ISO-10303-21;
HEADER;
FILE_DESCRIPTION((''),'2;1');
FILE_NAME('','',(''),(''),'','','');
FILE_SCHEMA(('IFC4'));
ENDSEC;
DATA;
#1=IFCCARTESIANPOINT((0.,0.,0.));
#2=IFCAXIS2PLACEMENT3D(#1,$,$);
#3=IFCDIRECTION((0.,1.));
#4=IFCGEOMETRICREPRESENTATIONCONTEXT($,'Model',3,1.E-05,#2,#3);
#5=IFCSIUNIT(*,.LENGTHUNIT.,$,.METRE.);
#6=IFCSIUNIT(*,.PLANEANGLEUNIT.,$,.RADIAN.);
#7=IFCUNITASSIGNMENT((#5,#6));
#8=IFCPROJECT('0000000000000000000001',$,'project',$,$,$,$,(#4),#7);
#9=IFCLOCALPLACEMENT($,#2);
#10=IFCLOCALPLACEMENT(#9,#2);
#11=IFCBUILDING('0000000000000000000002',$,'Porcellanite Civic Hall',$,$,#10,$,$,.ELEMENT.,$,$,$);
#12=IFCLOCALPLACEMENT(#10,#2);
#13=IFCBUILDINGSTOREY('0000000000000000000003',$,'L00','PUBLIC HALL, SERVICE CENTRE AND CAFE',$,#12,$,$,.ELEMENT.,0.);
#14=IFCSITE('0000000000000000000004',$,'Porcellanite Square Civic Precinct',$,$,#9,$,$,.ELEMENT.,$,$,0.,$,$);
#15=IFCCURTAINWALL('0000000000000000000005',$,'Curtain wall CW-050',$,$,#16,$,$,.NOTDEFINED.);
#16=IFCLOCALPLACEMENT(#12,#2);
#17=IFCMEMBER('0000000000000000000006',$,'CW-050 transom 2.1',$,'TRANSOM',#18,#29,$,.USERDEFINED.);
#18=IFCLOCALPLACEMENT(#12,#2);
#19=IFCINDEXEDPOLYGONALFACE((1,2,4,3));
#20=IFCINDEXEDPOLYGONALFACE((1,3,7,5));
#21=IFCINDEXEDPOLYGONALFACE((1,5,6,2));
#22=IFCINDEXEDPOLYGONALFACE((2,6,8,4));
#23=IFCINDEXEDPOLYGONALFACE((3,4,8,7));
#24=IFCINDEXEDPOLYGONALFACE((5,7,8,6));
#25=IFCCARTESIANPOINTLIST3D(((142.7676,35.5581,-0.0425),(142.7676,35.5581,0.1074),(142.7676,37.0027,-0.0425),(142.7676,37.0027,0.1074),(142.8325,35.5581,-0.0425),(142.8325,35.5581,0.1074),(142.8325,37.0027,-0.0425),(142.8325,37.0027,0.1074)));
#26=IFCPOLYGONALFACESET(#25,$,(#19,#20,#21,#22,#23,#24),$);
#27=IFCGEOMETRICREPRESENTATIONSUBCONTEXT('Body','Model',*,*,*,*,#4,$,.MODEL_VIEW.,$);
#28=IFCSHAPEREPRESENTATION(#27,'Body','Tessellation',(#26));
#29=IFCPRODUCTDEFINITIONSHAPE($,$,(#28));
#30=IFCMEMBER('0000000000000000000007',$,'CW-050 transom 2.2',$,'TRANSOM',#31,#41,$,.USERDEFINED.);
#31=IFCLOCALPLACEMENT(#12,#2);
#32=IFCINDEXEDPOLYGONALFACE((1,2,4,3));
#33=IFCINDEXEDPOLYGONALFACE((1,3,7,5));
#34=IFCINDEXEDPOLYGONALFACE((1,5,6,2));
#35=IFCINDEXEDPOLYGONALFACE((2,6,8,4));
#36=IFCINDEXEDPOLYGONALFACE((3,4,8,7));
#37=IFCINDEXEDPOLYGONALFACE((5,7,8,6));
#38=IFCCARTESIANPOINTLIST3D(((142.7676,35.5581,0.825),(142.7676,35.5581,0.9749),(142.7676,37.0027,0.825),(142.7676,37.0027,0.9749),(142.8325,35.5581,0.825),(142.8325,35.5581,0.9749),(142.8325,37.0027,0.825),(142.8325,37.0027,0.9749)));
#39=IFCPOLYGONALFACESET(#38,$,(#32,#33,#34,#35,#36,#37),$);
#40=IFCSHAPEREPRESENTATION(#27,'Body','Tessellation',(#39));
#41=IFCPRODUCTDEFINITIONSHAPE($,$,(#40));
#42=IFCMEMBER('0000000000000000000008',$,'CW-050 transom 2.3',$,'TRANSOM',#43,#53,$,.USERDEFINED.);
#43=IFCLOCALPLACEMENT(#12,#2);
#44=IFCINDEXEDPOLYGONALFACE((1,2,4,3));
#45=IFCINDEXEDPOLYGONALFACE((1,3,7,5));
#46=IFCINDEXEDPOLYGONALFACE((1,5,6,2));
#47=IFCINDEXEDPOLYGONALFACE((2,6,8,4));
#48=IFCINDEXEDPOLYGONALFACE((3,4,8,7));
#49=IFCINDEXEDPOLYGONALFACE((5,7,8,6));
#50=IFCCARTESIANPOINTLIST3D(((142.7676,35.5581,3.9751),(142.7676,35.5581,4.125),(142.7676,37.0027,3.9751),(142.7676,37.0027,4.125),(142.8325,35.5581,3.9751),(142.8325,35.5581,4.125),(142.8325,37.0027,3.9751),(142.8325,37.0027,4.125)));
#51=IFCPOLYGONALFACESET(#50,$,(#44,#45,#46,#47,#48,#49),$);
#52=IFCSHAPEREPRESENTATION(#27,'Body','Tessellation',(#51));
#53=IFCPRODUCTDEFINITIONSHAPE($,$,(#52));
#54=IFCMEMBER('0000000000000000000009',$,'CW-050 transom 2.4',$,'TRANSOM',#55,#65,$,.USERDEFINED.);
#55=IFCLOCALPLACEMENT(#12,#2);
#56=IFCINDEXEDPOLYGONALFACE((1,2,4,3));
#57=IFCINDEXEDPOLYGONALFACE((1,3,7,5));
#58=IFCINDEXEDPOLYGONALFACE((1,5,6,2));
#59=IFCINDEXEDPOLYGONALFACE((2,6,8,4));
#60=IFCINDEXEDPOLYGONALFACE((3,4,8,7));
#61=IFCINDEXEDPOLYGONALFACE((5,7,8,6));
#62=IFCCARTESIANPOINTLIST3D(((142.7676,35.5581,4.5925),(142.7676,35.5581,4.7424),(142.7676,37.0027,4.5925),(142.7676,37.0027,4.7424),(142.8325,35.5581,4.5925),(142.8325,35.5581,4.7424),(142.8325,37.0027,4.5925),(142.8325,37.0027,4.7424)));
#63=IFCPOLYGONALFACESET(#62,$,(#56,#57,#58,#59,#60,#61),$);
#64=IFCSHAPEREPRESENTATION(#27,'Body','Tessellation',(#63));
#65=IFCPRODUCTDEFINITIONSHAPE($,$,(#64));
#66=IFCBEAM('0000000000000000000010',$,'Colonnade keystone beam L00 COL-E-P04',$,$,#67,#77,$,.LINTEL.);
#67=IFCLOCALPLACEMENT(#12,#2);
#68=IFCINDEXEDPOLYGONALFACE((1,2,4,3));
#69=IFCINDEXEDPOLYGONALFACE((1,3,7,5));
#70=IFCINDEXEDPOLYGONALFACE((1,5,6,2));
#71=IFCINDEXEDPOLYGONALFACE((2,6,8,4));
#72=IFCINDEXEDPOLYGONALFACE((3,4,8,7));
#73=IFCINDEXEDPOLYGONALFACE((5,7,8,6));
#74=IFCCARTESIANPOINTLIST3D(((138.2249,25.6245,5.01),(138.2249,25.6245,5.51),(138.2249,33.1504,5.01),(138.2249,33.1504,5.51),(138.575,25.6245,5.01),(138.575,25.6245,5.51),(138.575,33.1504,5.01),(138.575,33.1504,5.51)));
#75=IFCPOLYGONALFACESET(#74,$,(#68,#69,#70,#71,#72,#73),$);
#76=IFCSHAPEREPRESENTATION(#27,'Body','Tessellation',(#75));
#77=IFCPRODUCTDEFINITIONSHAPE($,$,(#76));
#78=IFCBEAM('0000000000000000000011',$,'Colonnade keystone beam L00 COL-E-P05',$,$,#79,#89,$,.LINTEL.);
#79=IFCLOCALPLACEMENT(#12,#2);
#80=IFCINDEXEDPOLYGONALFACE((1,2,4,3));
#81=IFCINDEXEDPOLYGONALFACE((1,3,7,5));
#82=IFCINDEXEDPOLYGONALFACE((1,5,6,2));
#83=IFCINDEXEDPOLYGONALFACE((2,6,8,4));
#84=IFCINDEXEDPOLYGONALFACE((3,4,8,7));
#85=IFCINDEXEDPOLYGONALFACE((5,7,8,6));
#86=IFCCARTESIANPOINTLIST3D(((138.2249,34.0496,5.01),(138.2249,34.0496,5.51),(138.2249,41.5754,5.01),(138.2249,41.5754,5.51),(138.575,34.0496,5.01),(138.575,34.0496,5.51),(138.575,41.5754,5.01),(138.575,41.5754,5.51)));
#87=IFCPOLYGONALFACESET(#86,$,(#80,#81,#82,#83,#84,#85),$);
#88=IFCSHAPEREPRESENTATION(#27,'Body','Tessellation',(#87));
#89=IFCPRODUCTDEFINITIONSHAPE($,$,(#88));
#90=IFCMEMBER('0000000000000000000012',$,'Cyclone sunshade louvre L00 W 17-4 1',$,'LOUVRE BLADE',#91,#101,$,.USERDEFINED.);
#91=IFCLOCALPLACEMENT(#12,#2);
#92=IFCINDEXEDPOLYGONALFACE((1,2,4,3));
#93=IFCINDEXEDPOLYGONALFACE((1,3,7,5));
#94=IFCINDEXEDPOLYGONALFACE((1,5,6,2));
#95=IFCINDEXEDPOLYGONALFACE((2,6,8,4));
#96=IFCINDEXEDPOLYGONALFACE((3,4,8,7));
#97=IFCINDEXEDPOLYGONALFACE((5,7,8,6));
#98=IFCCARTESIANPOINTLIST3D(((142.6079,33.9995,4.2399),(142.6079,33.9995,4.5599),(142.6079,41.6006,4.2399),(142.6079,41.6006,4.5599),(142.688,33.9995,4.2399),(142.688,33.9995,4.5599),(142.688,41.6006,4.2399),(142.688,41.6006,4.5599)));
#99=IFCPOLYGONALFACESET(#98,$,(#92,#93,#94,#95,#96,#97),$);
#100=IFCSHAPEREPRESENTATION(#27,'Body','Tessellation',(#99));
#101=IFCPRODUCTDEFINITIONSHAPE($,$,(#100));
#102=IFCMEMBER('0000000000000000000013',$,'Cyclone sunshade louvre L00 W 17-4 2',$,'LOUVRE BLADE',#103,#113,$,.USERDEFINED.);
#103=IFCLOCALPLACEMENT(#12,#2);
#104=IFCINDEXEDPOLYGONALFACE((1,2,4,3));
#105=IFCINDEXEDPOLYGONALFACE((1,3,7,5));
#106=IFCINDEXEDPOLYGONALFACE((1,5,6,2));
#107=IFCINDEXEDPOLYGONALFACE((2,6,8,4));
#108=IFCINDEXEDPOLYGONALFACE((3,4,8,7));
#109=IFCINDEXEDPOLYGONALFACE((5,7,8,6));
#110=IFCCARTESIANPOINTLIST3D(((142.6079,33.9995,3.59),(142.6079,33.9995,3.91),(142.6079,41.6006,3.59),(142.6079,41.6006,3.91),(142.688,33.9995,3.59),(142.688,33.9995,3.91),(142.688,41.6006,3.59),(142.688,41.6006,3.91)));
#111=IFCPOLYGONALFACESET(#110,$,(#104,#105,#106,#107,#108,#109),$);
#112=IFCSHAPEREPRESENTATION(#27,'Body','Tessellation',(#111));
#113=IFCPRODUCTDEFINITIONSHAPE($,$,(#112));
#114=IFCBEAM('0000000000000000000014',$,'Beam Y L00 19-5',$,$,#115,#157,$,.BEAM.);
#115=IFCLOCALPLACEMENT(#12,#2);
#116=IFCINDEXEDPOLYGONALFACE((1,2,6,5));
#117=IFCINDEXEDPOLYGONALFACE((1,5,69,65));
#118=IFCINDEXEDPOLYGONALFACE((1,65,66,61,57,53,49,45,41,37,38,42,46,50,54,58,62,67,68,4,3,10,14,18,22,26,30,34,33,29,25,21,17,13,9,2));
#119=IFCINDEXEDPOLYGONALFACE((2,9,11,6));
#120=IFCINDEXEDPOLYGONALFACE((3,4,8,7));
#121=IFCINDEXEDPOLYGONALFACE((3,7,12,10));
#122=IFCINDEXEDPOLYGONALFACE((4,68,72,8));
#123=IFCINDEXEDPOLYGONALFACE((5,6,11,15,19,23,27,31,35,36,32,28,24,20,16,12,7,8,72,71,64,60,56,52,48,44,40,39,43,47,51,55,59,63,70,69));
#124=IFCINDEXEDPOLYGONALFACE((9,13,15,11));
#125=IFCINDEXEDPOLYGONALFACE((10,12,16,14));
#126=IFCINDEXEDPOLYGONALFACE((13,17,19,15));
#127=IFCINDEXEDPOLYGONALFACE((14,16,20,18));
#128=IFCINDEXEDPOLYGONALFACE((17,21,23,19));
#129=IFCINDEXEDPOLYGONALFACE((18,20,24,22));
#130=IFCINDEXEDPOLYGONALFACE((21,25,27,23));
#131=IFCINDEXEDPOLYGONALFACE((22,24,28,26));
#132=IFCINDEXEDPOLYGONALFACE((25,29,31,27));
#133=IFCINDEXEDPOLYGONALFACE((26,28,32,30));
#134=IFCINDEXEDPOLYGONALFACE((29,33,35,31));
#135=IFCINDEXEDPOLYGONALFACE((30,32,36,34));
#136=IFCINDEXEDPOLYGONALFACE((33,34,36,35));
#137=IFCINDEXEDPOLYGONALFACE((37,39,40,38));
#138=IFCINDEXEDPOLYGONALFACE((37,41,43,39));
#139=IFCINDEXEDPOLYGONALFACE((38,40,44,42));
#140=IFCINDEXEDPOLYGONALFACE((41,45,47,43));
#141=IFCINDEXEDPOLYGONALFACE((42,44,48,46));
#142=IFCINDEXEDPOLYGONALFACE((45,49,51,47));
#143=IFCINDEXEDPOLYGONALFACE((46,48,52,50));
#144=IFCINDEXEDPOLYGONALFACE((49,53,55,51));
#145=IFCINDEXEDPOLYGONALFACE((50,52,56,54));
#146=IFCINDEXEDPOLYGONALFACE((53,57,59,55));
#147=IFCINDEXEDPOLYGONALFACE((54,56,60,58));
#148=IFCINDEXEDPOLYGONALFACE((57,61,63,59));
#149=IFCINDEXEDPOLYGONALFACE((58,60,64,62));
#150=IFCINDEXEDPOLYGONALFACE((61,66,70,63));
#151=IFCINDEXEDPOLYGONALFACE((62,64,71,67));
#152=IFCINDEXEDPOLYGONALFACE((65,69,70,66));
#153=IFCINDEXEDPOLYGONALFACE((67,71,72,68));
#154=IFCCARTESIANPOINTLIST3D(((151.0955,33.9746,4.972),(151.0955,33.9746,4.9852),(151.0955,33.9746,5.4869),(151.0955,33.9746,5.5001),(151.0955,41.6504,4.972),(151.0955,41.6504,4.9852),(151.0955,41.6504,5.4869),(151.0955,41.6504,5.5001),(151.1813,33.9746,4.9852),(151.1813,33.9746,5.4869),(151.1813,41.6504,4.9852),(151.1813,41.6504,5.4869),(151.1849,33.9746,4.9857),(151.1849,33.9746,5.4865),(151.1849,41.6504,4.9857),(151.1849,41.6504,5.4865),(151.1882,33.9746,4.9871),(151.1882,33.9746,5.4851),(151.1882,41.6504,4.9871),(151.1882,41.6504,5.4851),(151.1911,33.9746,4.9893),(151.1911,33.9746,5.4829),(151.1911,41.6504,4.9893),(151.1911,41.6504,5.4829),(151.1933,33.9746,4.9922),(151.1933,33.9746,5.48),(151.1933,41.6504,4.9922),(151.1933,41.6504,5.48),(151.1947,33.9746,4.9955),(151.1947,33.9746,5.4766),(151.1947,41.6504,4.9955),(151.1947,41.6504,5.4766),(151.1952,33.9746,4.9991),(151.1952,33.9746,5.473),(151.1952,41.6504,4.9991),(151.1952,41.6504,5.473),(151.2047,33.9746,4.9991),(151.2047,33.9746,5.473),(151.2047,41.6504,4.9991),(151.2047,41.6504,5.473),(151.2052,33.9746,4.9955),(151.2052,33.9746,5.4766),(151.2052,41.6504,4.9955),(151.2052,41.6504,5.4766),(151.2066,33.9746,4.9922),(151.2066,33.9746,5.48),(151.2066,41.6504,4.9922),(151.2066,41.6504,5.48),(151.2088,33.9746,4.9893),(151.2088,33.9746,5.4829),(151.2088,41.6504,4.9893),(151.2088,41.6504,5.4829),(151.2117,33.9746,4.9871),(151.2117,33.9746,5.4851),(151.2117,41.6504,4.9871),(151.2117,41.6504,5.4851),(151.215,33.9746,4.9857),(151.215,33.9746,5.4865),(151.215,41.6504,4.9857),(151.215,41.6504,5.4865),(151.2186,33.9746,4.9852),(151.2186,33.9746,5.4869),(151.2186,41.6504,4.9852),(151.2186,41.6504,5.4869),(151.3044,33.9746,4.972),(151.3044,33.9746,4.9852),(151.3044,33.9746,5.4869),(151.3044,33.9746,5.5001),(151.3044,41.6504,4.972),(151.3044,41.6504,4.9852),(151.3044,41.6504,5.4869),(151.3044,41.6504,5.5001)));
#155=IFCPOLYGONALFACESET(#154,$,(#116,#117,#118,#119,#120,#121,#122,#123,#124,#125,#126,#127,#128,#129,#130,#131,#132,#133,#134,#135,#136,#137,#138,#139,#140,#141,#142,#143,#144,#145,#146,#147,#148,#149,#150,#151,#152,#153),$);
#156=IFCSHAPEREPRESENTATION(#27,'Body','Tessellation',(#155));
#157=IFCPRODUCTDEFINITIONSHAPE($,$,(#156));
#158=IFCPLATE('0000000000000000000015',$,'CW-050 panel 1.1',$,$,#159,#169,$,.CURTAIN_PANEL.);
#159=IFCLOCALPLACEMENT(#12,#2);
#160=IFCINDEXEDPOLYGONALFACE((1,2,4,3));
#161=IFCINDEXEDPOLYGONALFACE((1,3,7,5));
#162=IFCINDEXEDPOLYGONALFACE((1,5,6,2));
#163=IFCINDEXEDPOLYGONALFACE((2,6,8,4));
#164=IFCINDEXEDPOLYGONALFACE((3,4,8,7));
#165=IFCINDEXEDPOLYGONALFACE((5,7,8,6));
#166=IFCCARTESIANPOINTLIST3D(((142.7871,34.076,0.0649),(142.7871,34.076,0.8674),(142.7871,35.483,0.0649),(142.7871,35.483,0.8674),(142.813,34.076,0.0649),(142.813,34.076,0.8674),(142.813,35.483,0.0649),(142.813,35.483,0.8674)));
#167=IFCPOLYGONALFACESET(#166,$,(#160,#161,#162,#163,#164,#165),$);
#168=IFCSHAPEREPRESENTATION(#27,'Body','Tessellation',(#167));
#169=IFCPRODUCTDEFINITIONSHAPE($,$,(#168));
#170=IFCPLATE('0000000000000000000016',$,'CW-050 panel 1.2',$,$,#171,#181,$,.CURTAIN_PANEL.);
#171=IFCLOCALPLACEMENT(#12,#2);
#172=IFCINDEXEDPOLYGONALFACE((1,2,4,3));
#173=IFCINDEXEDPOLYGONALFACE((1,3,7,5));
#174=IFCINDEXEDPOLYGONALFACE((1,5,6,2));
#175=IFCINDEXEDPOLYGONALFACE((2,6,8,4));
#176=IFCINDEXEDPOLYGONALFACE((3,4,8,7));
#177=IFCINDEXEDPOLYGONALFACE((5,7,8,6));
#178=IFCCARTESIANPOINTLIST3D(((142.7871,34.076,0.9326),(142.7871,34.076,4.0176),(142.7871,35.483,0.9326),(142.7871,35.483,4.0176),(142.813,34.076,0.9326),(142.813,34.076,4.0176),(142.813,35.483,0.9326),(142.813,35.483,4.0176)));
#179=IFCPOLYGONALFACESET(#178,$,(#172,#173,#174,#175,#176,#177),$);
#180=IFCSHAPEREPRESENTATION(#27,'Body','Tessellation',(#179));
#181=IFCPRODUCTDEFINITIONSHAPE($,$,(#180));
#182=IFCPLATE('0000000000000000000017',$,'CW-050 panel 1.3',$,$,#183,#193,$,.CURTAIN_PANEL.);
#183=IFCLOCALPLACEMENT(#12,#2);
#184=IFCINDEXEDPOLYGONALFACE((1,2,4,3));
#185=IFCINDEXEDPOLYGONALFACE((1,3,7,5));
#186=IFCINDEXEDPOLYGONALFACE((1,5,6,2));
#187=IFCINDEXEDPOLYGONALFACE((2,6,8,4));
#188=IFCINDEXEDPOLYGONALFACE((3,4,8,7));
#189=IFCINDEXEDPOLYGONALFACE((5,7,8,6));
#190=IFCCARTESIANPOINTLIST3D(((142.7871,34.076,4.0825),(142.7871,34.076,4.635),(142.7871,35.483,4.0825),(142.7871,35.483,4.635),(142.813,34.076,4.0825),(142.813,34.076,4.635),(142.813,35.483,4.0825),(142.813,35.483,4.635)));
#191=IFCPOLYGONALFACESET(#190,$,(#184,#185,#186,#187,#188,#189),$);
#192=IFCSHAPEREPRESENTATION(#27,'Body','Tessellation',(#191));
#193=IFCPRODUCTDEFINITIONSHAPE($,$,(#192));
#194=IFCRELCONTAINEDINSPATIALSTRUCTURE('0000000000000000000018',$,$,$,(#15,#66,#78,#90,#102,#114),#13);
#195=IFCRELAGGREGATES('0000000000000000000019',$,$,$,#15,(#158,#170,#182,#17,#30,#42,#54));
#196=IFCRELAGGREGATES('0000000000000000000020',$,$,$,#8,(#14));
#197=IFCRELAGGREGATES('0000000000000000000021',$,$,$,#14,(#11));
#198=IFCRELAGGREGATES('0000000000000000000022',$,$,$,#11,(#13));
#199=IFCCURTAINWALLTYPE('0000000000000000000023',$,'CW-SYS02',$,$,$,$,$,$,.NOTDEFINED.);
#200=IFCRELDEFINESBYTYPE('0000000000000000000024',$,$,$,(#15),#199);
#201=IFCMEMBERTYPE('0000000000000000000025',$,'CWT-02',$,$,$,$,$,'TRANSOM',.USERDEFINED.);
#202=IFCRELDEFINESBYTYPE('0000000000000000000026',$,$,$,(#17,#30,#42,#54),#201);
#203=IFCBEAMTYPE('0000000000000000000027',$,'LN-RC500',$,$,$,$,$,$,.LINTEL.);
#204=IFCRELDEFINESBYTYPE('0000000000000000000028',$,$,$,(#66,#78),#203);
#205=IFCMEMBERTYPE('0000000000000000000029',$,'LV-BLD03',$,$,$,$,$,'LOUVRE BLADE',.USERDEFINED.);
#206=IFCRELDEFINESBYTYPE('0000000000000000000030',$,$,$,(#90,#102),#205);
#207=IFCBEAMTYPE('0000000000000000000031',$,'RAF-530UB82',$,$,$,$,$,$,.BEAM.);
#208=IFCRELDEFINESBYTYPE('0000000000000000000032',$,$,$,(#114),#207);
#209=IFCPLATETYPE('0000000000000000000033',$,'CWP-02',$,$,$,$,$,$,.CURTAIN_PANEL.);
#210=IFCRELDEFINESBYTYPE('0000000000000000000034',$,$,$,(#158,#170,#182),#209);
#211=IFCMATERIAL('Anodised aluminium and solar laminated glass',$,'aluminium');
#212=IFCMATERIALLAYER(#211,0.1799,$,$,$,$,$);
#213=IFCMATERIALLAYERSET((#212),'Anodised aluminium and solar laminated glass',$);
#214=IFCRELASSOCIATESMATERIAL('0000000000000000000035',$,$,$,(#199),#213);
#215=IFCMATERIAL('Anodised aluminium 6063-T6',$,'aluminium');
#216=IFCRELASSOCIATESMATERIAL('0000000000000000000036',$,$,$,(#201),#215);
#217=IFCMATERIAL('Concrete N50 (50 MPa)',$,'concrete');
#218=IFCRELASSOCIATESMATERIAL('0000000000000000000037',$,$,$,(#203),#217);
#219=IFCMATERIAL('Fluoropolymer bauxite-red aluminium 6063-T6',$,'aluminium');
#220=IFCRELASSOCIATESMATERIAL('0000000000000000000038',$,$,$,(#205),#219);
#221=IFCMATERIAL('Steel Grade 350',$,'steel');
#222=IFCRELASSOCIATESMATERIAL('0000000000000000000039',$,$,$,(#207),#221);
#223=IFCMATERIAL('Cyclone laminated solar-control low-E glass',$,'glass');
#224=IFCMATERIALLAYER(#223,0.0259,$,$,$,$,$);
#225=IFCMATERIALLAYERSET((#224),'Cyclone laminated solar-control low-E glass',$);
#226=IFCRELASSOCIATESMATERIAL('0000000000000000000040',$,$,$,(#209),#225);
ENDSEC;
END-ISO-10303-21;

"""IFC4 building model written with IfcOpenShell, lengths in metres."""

from ifc_helpers import new_model, si_unit, direction, frame, origin, origin_2d, place, context, subcontext, project, spatial, rectangle, i_section, extrude, material, layer, layer_set, material_profile, profile_set, type_object, element, aggregate, save


model = new_model("IFC4")

# Units and contexts
model_context = context("Model", 3, precision=1e-05, world=origin(), true_north=direction((0.0, 1.0)))
body_context = subcontext(model_context, "Body", "Model", "MODEL_VIEW")
ifc_project = project(units=[si_unit("LENGTHUNIT", "METRE"), si_unit("PLANEANGLEUNIT", "RADIAN")], contexts=[model_context])

# Site, building, storey
site_placement = place(None, origin())
site = spatial("IfcSite", under=ifc_project, at=site_placement, Name="Porcellanite Square Civic Precinct", CompositionType="ELEMENT", RefElevation=0.0)
building_placement = place(site_placement, origin())
building = spatial("IfcBuilding", under=site, at=building_placement, Name="Porcellanite Civic Hall", CompositionType="ELEMENT")
storey_placement = place(building_placement, origin())
storey = spatial("IfcBuildingStorey", under=building, at=storey_placement, Name="L00", Description="PUBLIC HALL, SERVICE CENTRE AND CAFE", CompositionType="ELEMENT", Elevation=0.0)

# Curtain wall, members
ifc_material_1 = material(Name="Anodised aluminium and solar laminated glass", Category="aluminium")
ifc_layer_1 = layer(ifc_material_1, 0.1799)
ifc_layer_set_1 = layer_set([ifc_layer_1], Name="Anodised aluminium and solar laminated glass")
curtain_wall_type = type_object("IfcCurtainWallType", Name="CW-SYS02", PredefinedType="NOTDEFINED", material=ifc_layer_set_1)
curtain_wall_placement = place(storey_placement, origin())
curtain_wall = element("IfcCurtainWall", 1, at=curtain_wall_placement, inside=storey, type_object=curtain_wall_type, Name="Curtain wall CW-050", PredefinedType="NOTDEFINED")
ifc_material_2 = material(Name="Anodised aluminium 6063-T6", Category="aluminium")
ifc_material_profile_1 = material_profile(ifc_material_2, rectangle(XDim=0.0649, YDim=0.1499, at=origin_2d()), Name="AL-65x150")
ifc_profile_set_1 = profile_set([ifc_material_profile_1], Name="Anodised aluminium 6063-T6")
member_type_1 = type_object("IfcMemberType", Name="CWT-02", ElementType="TRANSOM", PredefinedType="USERDEFINED", material=ifc_profile_set_1)
member_1_placement = place(storey_placement, frame((142.8, 35.5581, 0.0325), z_axis=(0.0, 1.0, 0.0), x_axis=(-1.0, 0.0, 0.0)))
member_1 = element("IfcMember", 2, at=member_1_placement, type_object=member_type_1, Name="CW-050 transom 2.1", ObjectType="TRANSOM", PredefinedType="USERDEFINED", context=body_context, shape_type="SweptSolid", body=[
    extrude(rectangle(XDim=0.0649, YDim=0.1499, at=origin_2d()), origin(), (0.0, 0.0, 1.0), 1.4446),
])
member_2_placement = place(storey_placement, frame((142.8, 35.5581, 0.8999), z_axis=(0.0, 1.0, 0.0), x_axis=(-1.0, 0.0, 0.0)))
member_2 = element("IfcMember", 3, at=member_2_placement, type_object=member_type_1, Name="CW-050 transom 2.2", ObjectType="TRANSOM", PredefinedType="USERDEFINED", context=body_context, shape_type="SweptSolid", body=[
    extrude(rectangle(XDim=0.0649, YDim=0.1499, at=origin_2d()), origin(), (0.0, 0.0, 1.0), 1.4446),
])
member_3_placement = place(storey_placement, frame((142.8, 35.5581, 4.05), z_axis=(0.0, 1.0, 0.0), x_axis=(-1.0, 0.0, 0.0)))
member_3 = element("IfcMember", 4, at=member_3_placement, type_object=member_type_1, Name="CW-050 transom 2.3", ObjectType="TRANSOM", PredefinedType="USERDEFINED", context=body_context, shape_type="SweptSolid", body=[
    extrude(rectangle(XDim=0.0649, YDim=0.1499, at=origin_2d()), origin(), (0.0, 0.0, 1.0), 1.4446),
])
member_4_placement = place(storey_placement, frame((142.8, 35.5581, 4.6675), z_axis=(0.0, 1.0, 0.0), x_axis=(-1.0, 0.0, 0.0)))
member_4 = element("IfcMember", 5, at=member_4_placement, type_object=member_type_1, Name="CW-050 transom 2.4", ObjectType="TRANSOM", PredefinedType="USERDEFINED", context=body_context, shape_type="SweptSolid", body=[
    extrude(rectangle(XDim=0.0649, YDim=0.1499, at=origin_2d()), origin(), (0.0, 0.0, 1.0), 1.4446),
])

# Beams
ifc_material_3 = material(Name="Concrete N50 (50 MPa)", Category="concrete")
ifc_material_profile_2 = material_profile(ifc_material_3, rectangle(XDim=0.3501, YDim=0.5, at=origin_2d()), Name="RC-350x500")
ifc_profile_set_2 = profile_set([ifc_material_profile_2], Name="Concrete N50 (50 MPa)")
beam_type_1 = type_object("IfcBeamType", Name="LN-RC500", PredefinedType="LINTEL", material=ifc_profile_set_2)
for number, where, z_axis, x_axis, name in (
    (6, (138.3999, 25.6245, 5.26), (0.0, 1.0, 0.0), (-1.0, 0.0, 0.0), "Colonnade keystone beam L00 COL-E-P04"),
    (7, (138.3999, 34.0496, 5.26), (0.0, 1.0, 0.0), (-1.0, 0.0, 0.0), "Colonnade keystone beam L00 COL-E-P05"),
):
    element("IfcBeam", number, at=place(storey_placement, frame(where, z_axis=z_axis, x_axis=x_axis)), inside=storey, type_object=beam_type_1, Name=name, PredefinedType="LINTEL", context=body_context, shape_type="SweptSolid", body=[
        extrude(rectangle(XDim=0.3501, YDim=0.5, at=origin_2d()), origin(), (0.0, 0.0, 1.0), 7.5259),
    ])

# Members
ifc_material_4 = material(Name="Fluoropolymer bauxite-red aluminium 6063-T6", Category="aluminium")
ifc_material_profile_3 = material_profile(ifc_material_4, rectangle(XDim=0.0801, YDim=0.3201, at=origin_2d()), Name="AL-80x320")
ifc_profile_set_3 = profile_set([ifc_material_profile_3], Name="Fluoropolymer bauxite-red aluminium 6063-T6")
member_type_2 = type_object("IfcMemberType", Name="LV-BLD03", ElementType="LOUVRE BLADE", PredefinedType="USERDEFINED", material=ifc_profile_set_3)
for number, where, z_axis, x_axis, name in (
    (8, (142.6479, 33.9995, 4.3999), (0.0, 1.0, 0.0), (-1.0, 0.0, 0.0), "Cyclone sunshade louvre L00 W 17-4 1"),
    (9, (142.6479, 33.9995, 3.75), (0.0, 1.0, 0.0), (-1.0, 0.0, 0.0), "Cyclone sunshade louvre L00 W 17-4 2"),
):
    element("IfcMember", number, at=place(storey_placement, frame(where, z_axis=z_axis, x_axis=x_axis)), inside=storey, type_object=member_type_2, Name=name, ObjectType="LOUVRE BLADE", PredefinedType="USERDEFINED", context=body_context, shape_type="SweptSolid", body=[
        extrude(rectangle(XDim=0.0801, YDim=0.3201, at=origin_2d()), origin(), (0.0, 0.0, 1.0), 7.6011),
    ])

# Beam
ifc_material_5 = material(Name="Steel Grade 350", Category="steel")
ifc_material_profile_4 = material_profile(ifc_material_5, i_section(OverallWidth=0.209, OverallDepth=0.5281, WebThickness=0.0095, FlangeThickness=0.0132, FilletRadius=0.0139, at=origin_2d()), Name="530UB82.0")
ifc_profile_set_4 = profile_set([ifc_material_profile_4], Name="Steel Grade 350")
beam_type_2 = type_object("IfcBeamType", Name="RAF-530UB82", PredefinedType="BEAM", material=ifc_profile_set_4)
beam_1_placement = place(storey_placement, frame((151.2, 33.9746, 5.2361), z_axis=(0.0, 1.0, 0.0), x_axis=(-1.0, 0.0, 0.0)))
element("IfcBeam", 10, at=beam_1_placement, inside=storey, type_object=beam_type_2, Name="Beam Y L00 19-5", PredefinedType="BEAM", context=body_context, shape_type="SweptSolid", body=[
    extrude(i_section(OverallWidth=0.209, OverallDepth=0.5281, WebThickness=0.0095, FlangeThickness=0.0132, FilletRadius=0.0139, at=origin_2d()), origin(), (0.0, 0.0, 1.0), 7.6758),
])

# Plates
ifc_material_6 = material(Name="Cyclone laminated solar-control low-E glass", Category="glass")
ifc_layer_2 = layer(ifc_material_6, 0.0259)
ifc_layer_set_2 = layer_set([ifc_layer_2], Name="Cyclone laminated solar-control low-E glass")
plate_type = type_object("IfcPlateType", Name="CWP-02", PredefinedType="CURTAIN_PANEL", material=ifc_layer_set_2)
plate_1_placement = place(storey_placement, frame((142.8, 34.7795, 0.0649), z_axis=(0.0, 0.0, 1.0), x_axis=(0.0, 1.0, 0.0)))
plate_1 = element("IfcPlate", 11, at=plate_1_placement, type_object=plate_type, Name="CW-050 panel 1.1", PredefinedType="CURTAIN_PANEL", context=body_context, shape_type="SweptSolid", body=[
    extrude(rectangle(XDim=1.407, YDim=0.0259, at=origin_2d()), origin(), (0.0, 0.0, 1.0), 0.8025),
])
plate_2_placement = place(storey_placement, frame((142.8, 34.7795, 0.9326), z_axis=(0.0, 0.0, 1.0), x_axis=(0.0, 1.0, 0.0)))
plate_2 = element("IfcPlate", 12, at=plate_2_placement, type_object=plate_type, Name="CW-050 panel 1.2", PredefinedType="CURTAIN_PANEL", context=body_context, shape_type="SweptSolid", body=[
    extrude(rectangle(XDim=1.407, YDim=0.0259, at=origin_2d()), origin(), (0.0, 0.0, 1.0), 3.085),
])
plate_3_placement = place(storey_placement, frame((142.8, 34.7795, 4.0825), z_axis=(0.0, 0.0, 1.0), x_axis=(0.0, 1.0, 0.0)))
plate_3 = element("IfcPlate", 13, at=plate_3_placement, type_object=plate_type, Name="CW-050 panel 1.3", PredefinedType="CURTAIN_PANEL", context=body_context, shape_type="SweptSolid", body=[
    extrude(rectangle(XDim=1.407, YDim=0.0259, at=origin_2d()), origin(), (0.0, 0.0, 1.0), 0.5525),
])
aggregate(curtain_wall, [plate_1, plate_2, plate_3, member_1, member_2, member_3, member_4])

save(model, "model.ifc")
